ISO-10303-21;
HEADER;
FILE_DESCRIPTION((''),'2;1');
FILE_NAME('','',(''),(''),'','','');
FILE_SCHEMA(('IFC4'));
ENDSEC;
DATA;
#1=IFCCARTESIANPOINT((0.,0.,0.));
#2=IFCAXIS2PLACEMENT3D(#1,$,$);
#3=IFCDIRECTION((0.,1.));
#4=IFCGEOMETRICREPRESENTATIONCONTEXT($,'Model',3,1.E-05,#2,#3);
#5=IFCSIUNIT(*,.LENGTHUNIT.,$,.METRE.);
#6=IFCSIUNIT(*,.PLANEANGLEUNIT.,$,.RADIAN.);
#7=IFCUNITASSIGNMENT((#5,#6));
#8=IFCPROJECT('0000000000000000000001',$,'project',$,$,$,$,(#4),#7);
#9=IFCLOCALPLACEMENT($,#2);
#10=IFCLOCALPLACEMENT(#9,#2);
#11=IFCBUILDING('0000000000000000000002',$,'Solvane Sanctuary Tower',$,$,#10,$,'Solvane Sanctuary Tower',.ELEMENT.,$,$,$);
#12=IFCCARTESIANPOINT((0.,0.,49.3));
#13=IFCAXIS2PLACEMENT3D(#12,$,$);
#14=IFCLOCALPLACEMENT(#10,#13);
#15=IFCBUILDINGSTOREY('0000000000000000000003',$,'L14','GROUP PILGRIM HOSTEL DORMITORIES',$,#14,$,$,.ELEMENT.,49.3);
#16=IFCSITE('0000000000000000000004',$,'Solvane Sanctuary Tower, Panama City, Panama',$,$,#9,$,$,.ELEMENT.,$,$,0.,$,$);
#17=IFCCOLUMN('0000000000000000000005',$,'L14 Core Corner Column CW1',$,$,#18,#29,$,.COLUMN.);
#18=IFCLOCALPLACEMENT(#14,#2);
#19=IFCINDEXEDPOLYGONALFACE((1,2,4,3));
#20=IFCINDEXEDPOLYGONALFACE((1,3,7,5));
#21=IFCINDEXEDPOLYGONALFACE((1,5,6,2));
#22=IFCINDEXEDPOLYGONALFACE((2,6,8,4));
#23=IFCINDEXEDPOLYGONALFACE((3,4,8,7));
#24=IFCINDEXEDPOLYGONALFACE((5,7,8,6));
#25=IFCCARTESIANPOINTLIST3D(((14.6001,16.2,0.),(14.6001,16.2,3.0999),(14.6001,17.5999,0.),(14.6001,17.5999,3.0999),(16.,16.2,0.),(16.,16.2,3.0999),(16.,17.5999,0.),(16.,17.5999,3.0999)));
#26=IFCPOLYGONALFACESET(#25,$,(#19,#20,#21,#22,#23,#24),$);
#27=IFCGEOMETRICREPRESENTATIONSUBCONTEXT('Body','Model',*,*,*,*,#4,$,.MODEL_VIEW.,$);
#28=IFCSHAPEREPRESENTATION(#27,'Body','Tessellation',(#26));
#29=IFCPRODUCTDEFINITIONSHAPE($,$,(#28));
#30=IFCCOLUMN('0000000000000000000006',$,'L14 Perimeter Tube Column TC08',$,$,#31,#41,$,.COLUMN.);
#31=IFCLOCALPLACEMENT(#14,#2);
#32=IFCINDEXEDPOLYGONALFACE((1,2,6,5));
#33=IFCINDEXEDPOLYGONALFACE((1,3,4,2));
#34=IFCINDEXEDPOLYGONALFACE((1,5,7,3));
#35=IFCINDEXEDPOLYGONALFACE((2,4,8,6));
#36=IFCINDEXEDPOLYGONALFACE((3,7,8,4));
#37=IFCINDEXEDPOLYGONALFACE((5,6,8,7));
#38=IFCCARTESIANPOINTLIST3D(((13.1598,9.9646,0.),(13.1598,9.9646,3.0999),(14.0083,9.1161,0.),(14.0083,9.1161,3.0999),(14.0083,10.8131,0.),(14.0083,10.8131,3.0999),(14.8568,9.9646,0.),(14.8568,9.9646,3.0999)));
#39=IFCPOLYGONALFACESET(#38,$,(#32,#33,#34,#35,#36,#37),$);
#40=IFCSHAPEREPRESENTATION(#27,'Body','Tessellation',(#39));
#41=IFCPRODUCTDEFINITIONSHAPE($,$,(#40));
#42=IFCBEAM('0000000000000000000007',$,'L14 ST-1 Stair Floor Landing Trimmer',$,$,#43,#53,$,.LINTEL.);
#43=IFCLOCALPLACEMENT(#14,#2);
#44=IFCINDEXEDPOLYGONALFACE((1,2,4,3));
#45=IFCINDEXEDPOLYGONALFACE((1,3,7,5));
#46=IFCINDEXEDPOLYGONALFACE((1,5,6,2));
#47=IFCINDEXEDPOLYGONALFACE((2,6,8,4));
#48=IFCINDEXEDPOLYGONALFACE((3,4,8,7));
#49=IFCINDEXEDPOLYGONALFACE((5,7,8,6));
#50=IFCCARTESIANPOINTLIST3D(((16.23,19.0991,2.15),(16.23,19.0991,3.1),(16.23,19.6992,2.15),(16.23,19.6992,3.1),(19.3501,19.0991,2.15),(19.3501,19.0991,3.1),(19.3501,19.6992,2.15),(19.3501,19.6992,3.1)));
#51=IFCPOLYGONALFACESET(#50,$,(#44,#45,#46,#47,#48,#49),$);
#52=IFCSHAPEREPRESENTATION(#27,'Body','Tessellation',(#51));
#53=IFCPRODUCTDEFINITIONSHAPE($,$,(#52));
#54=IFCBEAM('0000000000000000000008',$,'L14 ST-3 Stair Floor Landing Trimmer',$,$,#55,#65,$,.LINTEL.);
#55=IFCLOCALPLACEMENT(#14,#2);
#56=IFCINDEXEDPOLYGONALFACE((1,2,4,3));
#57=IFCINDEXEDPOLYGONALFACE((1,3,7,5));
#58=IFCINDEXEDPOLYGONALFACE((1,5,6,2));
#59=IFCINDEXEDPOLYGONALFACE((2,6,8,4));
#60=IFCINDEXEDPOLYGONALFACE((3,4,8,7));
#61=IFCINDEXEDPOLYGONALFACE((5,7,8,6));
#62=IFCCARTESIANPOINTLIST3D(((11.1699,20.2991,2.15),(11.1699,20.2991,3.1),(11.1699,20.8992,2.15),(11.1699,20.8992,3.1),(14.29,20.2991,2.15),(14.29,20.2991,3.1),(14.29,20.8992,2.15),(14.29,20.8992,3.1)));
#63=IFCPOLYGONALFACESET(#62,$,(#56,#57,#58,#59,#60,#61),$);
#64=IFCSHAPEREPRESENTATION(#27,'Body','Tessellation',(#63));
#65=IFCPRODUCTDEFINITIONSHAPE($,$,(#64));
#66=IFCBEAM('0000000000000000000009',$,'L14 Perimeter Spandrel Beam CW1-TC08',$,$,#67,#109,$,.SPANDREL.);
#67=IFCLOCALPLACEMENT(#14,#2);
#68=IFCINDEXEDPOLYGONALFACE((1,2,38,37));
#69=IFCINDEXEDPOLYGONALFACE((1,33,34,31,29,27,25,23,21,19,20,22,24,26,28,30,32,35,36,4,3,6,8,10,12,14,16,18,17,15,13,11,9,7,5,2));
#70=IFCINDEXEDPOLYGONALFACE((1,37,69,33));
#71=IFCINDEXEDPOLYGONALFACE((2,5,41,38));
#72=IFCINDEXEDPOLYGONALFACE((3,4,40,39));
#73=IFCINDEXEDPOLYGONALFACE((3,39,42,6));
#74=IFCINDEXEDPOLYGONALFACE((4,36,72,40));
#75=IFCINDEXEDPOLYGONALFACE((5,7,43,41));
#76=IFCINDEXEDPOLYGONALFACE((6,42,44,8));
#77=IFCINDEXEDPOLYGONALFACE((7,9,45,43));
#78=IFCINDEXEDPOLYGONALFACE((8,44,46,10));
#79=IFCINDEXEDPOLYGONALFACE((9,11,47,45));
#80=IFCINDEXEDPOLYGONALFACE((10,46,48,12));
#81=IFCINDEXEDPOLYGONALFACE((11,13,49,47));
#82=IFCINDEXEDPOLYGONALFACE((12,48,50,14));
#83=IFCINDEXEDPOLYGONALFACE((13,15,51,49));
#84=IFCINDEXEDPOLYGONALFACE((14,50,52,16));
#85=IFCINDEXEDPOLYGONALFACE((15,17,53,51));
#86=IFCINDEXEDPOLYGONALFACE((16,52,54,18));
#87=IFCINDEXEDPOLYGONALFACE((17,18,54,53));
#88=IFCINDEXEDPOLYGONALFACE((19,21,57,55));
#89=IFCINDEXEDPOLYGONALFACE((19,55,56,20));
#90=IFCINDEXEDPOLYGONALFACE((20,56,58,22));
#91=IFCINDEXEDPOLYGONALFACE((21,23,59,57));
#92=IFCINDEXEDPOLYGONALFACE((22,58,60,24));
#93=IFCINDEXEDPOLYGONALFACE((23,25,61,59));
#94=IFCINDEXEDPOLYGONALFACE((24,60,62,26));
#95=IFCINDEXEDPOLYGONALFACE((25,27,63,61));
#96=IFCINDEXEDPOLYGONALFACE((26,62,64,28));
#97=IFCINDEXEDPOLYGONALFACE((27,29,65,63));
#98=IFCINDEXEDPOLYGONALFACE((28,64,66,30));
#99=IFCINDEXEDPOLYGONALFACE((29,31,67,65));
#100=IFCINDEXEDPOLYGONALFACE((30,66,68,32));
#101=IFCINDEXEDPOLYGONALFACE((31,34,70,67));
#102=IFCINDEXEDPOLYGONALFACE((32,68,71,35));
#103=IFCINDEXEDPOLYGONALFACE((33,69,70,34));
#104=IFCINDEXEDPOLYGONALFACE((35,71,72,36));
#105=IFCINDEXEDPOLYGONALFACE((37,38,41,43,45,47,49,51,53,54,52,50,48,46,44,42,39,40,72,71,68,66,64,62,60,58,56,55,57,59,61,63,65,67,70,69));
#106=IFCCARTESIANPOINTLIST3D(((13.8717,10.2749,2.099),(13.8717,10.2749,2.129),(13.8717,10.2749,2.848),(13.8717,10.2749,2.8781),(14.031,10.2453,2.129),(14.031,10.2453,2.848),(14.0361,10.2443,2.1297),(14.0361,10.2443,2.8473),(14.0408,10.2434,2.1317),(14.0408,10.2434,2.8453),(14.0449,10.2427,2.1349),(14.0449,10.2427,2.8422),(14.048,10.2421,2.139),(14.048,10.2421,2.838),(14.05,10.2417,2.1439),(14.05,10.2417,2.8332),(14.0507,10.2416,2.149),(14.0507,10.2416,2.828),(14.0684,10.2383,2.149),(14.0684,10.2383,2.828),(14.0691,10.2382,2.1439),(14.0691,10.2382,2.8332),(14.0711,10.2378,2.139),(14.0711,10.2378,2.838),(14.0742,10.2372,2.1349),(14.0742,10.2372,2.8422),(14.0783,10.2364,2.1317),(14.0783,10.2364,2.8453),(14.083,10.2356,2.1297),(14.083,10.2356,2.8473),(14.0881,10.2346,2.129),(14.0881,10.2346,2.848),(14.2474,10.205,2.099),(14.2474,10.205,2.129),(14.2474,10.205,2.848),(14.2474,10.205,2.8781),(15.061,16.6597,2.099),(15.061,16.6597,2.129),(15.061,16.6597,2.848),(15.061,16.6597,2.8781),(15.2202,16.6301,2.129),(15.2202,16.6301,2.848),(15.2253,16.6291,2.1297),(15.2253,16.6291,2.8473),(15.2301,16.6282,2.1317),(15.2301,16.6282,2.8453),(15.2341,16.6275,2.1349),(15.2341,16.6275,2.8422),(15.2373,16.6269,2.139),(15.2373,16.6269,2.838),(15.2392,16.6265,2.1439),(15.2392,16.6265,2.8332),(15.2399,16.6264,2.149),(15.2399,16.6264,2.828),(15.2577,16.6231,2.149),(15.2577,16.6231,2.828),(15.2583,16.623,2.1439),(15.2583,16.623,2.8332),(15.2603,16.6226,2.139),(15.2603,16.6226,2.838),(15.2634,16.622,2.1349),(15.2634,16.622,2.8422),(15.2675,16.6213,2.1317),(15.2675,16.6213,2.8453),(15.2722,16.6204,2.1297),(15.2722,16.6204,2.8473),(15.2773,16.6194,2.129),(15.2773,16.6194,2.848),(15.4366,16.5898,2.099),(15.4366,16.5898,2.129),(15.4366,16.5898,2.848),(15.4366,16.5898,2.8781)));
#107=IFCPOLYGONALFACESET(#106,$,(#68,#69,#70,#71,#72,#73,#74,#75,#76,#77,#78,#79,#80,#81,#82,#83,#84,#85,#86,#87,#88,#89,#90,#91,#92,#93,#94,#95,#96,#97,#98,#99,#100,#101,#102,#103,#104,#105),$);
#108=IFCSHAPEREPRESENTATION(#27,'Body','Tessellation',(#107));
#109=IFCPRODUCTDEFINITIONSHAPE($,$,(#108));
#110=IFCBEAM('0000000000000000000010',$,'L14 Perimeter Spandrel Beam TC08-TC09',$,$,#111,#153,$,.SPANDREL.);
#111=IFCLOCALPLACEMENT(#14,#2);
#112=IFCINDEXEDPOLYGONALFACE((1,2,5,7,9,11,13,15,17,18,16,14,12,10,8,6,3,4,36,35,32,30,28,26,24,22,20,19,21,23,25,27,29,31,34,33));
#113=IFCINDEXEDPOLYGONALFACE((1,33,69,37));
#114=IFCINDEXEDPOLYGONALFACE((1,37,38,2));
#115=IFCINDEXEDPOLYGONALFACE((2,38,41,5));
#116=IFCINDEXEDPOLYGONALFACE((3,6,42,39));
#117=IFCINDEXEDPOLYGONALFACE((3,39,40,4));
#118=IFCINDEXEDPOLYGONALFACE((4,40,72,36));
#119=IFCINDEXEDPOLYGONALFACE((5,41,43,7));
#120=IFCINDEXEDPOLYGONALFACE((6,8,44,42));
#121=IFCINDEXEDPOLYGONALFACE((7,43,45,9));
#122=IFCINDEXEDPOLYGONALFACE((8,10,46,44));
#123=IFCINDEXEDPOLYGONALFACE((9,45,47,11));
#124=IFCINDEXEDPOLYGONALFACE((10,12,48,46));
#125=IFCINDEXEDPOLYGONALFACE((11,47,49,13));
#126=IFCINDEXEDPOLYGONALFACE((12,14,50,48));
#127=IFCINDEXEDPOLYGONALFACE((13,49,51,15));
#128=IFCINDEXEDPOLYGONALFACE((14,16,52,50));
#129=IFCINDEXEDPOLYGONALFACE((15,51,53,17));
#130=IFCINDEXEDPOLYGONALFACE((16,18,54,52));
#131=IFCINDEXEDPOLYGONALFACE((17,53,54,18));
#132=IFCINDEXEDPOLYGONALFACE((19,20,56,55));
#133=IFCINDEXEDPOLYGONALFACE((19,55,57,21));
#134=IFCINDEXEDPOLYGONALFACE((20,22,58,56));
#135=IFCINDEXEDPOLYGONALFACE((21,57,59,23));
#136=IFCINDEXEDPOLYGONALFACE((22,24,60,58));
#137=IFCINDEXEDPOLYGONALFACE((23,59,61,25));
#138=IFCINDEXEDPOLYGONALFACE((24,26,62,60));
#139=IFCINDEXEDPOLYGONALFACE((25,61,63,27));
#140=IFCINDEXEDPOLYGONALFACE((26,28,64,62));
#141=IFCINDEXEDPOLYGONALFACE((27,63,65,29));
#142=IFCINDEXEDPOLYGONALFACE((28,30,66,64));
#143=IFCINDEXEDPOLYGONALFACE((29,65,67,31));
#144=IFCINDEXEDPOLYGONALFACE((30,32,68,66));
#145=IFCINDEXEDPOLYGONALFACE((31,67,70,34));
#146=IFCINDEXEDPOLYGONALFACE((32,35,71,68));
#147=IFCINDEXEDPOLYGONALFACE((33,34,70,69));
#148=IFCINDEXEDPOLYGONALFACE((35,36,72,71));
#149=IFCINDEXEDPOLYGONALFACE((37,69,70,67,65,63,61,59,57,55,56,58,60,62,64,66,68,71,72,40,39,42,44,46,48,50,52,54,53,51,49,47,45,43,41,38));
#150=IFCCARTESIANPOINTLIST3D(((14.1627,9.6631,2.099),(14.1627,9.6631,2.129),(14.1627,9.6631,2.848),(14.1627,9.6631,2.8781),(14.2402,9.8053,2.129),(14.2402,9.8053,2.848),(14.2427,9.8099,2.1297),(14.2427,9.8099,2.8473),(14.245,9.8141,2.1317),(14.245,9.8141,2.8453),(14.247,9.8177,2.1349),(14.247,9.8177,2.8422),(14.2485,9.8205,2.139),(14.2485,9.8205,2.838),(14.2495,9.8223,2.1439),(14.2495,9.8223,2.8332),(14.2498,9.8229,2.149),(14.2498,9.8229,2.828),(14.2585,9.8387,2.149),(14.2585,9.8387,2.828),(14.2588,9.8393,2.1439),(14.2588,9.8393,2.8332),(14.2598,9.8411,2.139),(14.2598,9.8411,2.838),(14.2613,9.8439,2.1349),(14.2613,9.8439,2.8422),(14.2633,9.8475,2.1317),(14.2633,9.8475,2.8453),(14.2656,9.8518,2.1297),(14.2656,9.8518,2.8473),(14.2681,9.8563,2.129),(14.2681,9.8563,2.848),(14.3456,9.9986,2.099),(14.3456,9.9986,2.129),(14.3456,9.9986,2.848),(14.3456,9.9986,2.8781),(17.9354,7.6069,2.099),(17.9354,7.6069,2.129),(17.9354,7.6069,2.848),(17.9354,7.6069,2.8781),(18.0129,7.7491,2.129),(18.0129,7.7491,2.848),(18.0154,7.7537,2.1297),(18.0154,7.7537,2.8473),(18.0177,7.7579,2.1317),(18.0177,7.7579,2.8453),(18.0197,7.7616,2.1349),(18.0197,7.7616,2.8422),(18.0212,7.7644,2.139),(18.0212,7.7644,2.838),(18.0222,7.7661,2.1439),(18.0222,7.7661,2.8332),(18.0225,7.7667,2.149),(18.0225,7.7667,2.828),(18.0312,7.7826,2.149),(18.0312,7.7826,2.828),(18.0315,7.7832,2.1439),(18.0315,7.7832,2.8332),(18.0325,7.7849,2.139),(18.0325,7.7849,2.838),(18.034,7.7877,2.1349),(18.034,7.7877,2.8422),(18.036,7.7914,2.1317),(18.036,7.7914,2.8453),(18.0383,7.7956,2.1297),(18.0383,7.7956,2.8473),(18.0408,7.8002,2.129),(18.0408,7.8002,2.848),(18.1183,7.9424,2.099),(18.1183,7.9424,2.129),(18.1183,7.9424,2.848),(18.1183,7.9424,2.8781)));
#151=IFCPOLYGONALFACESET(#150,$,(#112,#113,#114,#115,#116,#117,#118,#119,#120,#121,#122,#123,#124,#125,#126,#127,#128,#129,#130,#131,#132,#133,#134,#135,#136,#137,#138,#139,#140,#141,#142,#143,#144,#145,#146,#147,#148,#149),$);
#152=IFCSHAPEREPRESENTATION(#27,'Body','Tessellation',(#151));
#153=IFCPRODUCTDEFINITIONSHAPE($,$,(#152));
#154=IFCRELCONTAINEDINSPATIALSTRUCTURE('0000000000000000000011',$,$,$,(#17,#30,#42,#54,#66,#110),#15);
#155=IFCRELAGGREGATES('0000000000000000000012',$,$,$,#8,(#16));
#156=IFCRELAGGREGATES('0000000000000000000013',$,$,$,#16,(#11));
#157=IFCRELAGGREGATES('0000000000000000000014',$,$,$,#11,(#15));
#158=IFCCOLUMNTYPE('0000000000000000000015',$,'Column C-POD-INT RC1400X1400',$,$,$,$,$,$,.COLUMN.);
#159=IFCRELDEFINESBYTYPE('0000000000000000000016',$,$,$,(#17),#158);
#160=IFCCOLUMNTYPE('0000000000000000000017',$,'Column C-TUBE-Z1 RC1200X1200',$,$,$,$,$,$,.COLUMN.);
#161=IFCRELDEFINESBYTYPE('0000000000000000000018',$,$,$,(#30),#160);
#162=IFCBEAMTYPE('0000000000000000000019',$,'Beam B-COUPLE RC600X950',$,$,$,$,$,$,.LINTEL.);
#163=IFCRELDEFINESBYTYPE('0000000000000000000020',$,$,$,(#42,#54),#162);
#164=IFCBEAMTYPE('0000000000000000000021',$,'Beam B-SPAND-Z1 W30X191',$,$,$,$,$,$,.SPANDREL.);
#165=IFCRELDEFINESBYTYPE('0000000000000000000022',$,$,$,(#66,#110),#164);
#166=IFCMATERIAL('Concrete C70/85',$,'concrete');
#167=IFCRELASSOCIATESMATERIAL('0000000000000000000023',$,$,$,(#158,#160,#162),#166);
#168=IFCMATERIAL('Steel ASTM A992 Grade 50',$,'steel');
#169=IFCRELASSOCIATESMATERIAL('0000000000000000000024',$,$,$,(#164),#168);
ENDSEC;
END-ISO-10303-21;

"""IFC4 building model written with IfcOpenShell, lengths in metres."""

from ifc_helpers import new_model, si_unit, direction, frame, origin, origin_2d, place, context, subcontext, project, spatial, rectangle, i_section, extrude, material, material_profile, profile_set, type_object, element, save


model = new_model("IFC4")

# Units and contexts
model_context = context("Model", 3, precision=1e-05, world=origin(), true_north=direction((0.0, 1.0)))
body_context = subcontext(model_context, "Body", "Model", "MODEL_VIEW")
ifc_project = project(units=[si_unit("LENGTHUNIT", "METRE"), si_unit("PLANEANGLEUNIT", "RADIAN")], contexts=[model_context])

# Site, building, storey
site_placement = place(None, origin())
site = spatial("IfcSite", under=ifc_project, at=site_placement, Name="Solvane Sanctuary Tower, Panama City, Panama", CompositionType="ELEMENT", RefElevation=0.0)
building_placement = place(site_placement, origin())
building = spatial("IfcBuilding", under=site, at=building_placement, Name="Solvane Sanctuary Tower", LongName="Solvane Sanctuary Tower", CompositionType="ELEMENT")
storey_placement = place(building_placement, frame((0.0, 0.0, 49.3)))
storey = spatial("IfcBuildingStorey", under=building, at=storey_placement, Name="L14", Description="GROUP PILGRIM HOSTEL DORMITORIES", CompositionType="ELEMENT", Elevation=49.3)

# Columns
ifc_material_1 = material(Name="Concrete C70/85", Category="concrete")
ifc_material_profile_1 = material_profile(ifc_material_1, rectangle(XDim=1.3999, YDim=1.3999, at=origin_2d()), Name="RC1400X1400")
ifc_profile_set_1 = profile_set([ifc_material_profile_1], Name="Concrete C70/85")
column_type_1 = type_object("IfcColumnType", Name="Column C-POD-INT RC1400X1400", PredefinedType="COLUMN", material=ifc_profile_set_1)
column_1_placement = place(storey_placement, frame((15.3, 16.8999, 0.0), z_axis=(0.0, 0.0, 1.0), x_axis=(1.0, 0.0, 0.0)))
element("IfcColumn", 1, at=column_1_placement, inside=storey, type_object=column_type_1, Name="L14 Core Corner Column CW1", PredefinedType="COLUMN", context=body_context, shape_type="SweptSolid", body=[
    extrude(rectangle(XDim=1.3999, YDim=1.3999, at=origin_2d()), origin(), (0.0, 0.0, 1.0), 3.0999),
])
ifc_material_profile_2 = material_profile(ifc_material_1, rectangle(XDim=1.2, YDim=1.2, at=origin_2d()), Name="RC1200X1200")
ifc_profile_set_2 = profile_set([ifc_material_profile_2], Name="Concrete C70/85")
column_type_2 = type_object("IfcColumnType", Name="Column C-TUBE-Z1 RC1200X1200", PredefinedType="COLUMN", material=ifc_profile_set_2)
column_2_placement = place(storey_placement, frame((14.0083, 9.9646, 0.0), z_axis=(0.0, 0.0, 1.0), x_axis=(-0.707107, -0.707107, 0.0)))
element("IfcColumn", 2, at=column_2_placement, inside=storey, type_object=column_type_2, Name="L14 Perimeter Tube Column TC08", PredefinedType="COLUMN", context=body_context, shape_type="SweptSolid", body=[
    extrude(rectangle(XDim=1.2, YDim=1.2, at=origin_2d()), origin(), (0.0, 0.0, 1.0), 3.0999),
])

# Beams
ifc_material_profile_3 = material_profile(ifc_material_1, rectangle(XDim=0.6001, YDim=0.95, at=origin_2d()), Name="RC600X950")
ifc_profile_set_3 = profile_set([ifc_material_profile_3], Name="Concrete C70/85")
beam_type_1 = type_object("IfcBeamType", Name="Beam B-COUPLE RC600X950", PredefinedType="LINTEL", material=ifc_profile_set_3)
for number, where, z_axis, x_axis, name in (
    (3, (16.23, 19.3992, 2.625), (1.0, 0.0, 0.0), (0.0, 1.0, 0.0), "L14 ST-1 Stair Floor Landing Trimmer"),
    (4, (11.1699, 20.5991, 2.625), (1.0, 0.0, 0.0), (0.0, 1.0, 0.0), "L14 ST-3 Stair Floor Landing Trimmer"),
):
    element("IfcBeam", number, at=place(storey_placement, frame(where, z_axis=z_axis, x_axis=x_axis)), inside=storey, type_object=beam_type_1, Name=name, PredefinedType="LINTEL", context=body_context, shape_type="SweptSolid", body=[
        extrude(rectangle(XDim=0.6001, YDim=0.95, at=origin_2d()), origin(), (0.0, 0.0, 1.0), 3.1201),
    ])
ifc_material_2 = material(Name="Steel ASTM A992 Grade 50", Category="steel")
ifc_material_profile_4 = material_profile(ifc_material_2, i_section(OverallWidth=0.3821, OverallDepth=0.7791, WebThickness=0.0181, FlangeThickness=0.03, FilletRadius=0.02, at=origin_2d()), Name="W30X191")
ifc_profile_set_4 = profile_set([ifc_material_profile_4], Name="Steel ASTM A992 Grade 50")
beam_type_2 = type_object("IfcBeamType", Name="Beam B-SPAND-Z1 W30X191", PredefinedType="SPANDREL", material=ifc_profile_set_4)
beam_1_placement = place(storey_placement, frame((15.2488, 16.6248, 2.4885), z_axis=(-0.183108, -0.983093, 0.0), x_axis=(0.983093, -0.183108, 0.0)))
element("IfcBeam", 5, at=beam_1_placement, inside=storey, type_object=beam_type_2, Name="L14 Perimeter Spandrel Beam CW1-TC08", PredefinedType="SPANDREL", context=body_context, shape_type="SweptSolid", body=[
    extrude(i_section(OverallWidth=0.3821, OverallDepth=0.7791, WebThickness=0.0181, FlangeThickness=0.03, FilletRadius=0.02, at=origin_2d()), origin(), (0.0, 0.0, 1.0), 6.4946),
])
beam_2_placement = place(storey_placement, frame((14.2542, 9.8308, 2.4885), z_axis=(0.878061, -0.47855, 0.0), x_axis=(0.47855, 0.878061, 0.0)))
element("IfcBeam", 6, at=beam_2_placement, inside=storey, type_object=beam_type_2, Name="L14 Perimeter Spandrel Beam TC08-TC09", PredefinedType="SPANDREL", context=body_context, shape_type="SweptSolid", body=[
    extrude(i_section(OverallWidth=0.3821, OverallDepth=0.7791, WebThickness=0.0181, FlangeThickness=0.03, FilletRadius=0.02, at=origin_2d()), origin(), (0.0, 0.0, 1.0), 4.2966),
])

save(model, "model.ifc")
